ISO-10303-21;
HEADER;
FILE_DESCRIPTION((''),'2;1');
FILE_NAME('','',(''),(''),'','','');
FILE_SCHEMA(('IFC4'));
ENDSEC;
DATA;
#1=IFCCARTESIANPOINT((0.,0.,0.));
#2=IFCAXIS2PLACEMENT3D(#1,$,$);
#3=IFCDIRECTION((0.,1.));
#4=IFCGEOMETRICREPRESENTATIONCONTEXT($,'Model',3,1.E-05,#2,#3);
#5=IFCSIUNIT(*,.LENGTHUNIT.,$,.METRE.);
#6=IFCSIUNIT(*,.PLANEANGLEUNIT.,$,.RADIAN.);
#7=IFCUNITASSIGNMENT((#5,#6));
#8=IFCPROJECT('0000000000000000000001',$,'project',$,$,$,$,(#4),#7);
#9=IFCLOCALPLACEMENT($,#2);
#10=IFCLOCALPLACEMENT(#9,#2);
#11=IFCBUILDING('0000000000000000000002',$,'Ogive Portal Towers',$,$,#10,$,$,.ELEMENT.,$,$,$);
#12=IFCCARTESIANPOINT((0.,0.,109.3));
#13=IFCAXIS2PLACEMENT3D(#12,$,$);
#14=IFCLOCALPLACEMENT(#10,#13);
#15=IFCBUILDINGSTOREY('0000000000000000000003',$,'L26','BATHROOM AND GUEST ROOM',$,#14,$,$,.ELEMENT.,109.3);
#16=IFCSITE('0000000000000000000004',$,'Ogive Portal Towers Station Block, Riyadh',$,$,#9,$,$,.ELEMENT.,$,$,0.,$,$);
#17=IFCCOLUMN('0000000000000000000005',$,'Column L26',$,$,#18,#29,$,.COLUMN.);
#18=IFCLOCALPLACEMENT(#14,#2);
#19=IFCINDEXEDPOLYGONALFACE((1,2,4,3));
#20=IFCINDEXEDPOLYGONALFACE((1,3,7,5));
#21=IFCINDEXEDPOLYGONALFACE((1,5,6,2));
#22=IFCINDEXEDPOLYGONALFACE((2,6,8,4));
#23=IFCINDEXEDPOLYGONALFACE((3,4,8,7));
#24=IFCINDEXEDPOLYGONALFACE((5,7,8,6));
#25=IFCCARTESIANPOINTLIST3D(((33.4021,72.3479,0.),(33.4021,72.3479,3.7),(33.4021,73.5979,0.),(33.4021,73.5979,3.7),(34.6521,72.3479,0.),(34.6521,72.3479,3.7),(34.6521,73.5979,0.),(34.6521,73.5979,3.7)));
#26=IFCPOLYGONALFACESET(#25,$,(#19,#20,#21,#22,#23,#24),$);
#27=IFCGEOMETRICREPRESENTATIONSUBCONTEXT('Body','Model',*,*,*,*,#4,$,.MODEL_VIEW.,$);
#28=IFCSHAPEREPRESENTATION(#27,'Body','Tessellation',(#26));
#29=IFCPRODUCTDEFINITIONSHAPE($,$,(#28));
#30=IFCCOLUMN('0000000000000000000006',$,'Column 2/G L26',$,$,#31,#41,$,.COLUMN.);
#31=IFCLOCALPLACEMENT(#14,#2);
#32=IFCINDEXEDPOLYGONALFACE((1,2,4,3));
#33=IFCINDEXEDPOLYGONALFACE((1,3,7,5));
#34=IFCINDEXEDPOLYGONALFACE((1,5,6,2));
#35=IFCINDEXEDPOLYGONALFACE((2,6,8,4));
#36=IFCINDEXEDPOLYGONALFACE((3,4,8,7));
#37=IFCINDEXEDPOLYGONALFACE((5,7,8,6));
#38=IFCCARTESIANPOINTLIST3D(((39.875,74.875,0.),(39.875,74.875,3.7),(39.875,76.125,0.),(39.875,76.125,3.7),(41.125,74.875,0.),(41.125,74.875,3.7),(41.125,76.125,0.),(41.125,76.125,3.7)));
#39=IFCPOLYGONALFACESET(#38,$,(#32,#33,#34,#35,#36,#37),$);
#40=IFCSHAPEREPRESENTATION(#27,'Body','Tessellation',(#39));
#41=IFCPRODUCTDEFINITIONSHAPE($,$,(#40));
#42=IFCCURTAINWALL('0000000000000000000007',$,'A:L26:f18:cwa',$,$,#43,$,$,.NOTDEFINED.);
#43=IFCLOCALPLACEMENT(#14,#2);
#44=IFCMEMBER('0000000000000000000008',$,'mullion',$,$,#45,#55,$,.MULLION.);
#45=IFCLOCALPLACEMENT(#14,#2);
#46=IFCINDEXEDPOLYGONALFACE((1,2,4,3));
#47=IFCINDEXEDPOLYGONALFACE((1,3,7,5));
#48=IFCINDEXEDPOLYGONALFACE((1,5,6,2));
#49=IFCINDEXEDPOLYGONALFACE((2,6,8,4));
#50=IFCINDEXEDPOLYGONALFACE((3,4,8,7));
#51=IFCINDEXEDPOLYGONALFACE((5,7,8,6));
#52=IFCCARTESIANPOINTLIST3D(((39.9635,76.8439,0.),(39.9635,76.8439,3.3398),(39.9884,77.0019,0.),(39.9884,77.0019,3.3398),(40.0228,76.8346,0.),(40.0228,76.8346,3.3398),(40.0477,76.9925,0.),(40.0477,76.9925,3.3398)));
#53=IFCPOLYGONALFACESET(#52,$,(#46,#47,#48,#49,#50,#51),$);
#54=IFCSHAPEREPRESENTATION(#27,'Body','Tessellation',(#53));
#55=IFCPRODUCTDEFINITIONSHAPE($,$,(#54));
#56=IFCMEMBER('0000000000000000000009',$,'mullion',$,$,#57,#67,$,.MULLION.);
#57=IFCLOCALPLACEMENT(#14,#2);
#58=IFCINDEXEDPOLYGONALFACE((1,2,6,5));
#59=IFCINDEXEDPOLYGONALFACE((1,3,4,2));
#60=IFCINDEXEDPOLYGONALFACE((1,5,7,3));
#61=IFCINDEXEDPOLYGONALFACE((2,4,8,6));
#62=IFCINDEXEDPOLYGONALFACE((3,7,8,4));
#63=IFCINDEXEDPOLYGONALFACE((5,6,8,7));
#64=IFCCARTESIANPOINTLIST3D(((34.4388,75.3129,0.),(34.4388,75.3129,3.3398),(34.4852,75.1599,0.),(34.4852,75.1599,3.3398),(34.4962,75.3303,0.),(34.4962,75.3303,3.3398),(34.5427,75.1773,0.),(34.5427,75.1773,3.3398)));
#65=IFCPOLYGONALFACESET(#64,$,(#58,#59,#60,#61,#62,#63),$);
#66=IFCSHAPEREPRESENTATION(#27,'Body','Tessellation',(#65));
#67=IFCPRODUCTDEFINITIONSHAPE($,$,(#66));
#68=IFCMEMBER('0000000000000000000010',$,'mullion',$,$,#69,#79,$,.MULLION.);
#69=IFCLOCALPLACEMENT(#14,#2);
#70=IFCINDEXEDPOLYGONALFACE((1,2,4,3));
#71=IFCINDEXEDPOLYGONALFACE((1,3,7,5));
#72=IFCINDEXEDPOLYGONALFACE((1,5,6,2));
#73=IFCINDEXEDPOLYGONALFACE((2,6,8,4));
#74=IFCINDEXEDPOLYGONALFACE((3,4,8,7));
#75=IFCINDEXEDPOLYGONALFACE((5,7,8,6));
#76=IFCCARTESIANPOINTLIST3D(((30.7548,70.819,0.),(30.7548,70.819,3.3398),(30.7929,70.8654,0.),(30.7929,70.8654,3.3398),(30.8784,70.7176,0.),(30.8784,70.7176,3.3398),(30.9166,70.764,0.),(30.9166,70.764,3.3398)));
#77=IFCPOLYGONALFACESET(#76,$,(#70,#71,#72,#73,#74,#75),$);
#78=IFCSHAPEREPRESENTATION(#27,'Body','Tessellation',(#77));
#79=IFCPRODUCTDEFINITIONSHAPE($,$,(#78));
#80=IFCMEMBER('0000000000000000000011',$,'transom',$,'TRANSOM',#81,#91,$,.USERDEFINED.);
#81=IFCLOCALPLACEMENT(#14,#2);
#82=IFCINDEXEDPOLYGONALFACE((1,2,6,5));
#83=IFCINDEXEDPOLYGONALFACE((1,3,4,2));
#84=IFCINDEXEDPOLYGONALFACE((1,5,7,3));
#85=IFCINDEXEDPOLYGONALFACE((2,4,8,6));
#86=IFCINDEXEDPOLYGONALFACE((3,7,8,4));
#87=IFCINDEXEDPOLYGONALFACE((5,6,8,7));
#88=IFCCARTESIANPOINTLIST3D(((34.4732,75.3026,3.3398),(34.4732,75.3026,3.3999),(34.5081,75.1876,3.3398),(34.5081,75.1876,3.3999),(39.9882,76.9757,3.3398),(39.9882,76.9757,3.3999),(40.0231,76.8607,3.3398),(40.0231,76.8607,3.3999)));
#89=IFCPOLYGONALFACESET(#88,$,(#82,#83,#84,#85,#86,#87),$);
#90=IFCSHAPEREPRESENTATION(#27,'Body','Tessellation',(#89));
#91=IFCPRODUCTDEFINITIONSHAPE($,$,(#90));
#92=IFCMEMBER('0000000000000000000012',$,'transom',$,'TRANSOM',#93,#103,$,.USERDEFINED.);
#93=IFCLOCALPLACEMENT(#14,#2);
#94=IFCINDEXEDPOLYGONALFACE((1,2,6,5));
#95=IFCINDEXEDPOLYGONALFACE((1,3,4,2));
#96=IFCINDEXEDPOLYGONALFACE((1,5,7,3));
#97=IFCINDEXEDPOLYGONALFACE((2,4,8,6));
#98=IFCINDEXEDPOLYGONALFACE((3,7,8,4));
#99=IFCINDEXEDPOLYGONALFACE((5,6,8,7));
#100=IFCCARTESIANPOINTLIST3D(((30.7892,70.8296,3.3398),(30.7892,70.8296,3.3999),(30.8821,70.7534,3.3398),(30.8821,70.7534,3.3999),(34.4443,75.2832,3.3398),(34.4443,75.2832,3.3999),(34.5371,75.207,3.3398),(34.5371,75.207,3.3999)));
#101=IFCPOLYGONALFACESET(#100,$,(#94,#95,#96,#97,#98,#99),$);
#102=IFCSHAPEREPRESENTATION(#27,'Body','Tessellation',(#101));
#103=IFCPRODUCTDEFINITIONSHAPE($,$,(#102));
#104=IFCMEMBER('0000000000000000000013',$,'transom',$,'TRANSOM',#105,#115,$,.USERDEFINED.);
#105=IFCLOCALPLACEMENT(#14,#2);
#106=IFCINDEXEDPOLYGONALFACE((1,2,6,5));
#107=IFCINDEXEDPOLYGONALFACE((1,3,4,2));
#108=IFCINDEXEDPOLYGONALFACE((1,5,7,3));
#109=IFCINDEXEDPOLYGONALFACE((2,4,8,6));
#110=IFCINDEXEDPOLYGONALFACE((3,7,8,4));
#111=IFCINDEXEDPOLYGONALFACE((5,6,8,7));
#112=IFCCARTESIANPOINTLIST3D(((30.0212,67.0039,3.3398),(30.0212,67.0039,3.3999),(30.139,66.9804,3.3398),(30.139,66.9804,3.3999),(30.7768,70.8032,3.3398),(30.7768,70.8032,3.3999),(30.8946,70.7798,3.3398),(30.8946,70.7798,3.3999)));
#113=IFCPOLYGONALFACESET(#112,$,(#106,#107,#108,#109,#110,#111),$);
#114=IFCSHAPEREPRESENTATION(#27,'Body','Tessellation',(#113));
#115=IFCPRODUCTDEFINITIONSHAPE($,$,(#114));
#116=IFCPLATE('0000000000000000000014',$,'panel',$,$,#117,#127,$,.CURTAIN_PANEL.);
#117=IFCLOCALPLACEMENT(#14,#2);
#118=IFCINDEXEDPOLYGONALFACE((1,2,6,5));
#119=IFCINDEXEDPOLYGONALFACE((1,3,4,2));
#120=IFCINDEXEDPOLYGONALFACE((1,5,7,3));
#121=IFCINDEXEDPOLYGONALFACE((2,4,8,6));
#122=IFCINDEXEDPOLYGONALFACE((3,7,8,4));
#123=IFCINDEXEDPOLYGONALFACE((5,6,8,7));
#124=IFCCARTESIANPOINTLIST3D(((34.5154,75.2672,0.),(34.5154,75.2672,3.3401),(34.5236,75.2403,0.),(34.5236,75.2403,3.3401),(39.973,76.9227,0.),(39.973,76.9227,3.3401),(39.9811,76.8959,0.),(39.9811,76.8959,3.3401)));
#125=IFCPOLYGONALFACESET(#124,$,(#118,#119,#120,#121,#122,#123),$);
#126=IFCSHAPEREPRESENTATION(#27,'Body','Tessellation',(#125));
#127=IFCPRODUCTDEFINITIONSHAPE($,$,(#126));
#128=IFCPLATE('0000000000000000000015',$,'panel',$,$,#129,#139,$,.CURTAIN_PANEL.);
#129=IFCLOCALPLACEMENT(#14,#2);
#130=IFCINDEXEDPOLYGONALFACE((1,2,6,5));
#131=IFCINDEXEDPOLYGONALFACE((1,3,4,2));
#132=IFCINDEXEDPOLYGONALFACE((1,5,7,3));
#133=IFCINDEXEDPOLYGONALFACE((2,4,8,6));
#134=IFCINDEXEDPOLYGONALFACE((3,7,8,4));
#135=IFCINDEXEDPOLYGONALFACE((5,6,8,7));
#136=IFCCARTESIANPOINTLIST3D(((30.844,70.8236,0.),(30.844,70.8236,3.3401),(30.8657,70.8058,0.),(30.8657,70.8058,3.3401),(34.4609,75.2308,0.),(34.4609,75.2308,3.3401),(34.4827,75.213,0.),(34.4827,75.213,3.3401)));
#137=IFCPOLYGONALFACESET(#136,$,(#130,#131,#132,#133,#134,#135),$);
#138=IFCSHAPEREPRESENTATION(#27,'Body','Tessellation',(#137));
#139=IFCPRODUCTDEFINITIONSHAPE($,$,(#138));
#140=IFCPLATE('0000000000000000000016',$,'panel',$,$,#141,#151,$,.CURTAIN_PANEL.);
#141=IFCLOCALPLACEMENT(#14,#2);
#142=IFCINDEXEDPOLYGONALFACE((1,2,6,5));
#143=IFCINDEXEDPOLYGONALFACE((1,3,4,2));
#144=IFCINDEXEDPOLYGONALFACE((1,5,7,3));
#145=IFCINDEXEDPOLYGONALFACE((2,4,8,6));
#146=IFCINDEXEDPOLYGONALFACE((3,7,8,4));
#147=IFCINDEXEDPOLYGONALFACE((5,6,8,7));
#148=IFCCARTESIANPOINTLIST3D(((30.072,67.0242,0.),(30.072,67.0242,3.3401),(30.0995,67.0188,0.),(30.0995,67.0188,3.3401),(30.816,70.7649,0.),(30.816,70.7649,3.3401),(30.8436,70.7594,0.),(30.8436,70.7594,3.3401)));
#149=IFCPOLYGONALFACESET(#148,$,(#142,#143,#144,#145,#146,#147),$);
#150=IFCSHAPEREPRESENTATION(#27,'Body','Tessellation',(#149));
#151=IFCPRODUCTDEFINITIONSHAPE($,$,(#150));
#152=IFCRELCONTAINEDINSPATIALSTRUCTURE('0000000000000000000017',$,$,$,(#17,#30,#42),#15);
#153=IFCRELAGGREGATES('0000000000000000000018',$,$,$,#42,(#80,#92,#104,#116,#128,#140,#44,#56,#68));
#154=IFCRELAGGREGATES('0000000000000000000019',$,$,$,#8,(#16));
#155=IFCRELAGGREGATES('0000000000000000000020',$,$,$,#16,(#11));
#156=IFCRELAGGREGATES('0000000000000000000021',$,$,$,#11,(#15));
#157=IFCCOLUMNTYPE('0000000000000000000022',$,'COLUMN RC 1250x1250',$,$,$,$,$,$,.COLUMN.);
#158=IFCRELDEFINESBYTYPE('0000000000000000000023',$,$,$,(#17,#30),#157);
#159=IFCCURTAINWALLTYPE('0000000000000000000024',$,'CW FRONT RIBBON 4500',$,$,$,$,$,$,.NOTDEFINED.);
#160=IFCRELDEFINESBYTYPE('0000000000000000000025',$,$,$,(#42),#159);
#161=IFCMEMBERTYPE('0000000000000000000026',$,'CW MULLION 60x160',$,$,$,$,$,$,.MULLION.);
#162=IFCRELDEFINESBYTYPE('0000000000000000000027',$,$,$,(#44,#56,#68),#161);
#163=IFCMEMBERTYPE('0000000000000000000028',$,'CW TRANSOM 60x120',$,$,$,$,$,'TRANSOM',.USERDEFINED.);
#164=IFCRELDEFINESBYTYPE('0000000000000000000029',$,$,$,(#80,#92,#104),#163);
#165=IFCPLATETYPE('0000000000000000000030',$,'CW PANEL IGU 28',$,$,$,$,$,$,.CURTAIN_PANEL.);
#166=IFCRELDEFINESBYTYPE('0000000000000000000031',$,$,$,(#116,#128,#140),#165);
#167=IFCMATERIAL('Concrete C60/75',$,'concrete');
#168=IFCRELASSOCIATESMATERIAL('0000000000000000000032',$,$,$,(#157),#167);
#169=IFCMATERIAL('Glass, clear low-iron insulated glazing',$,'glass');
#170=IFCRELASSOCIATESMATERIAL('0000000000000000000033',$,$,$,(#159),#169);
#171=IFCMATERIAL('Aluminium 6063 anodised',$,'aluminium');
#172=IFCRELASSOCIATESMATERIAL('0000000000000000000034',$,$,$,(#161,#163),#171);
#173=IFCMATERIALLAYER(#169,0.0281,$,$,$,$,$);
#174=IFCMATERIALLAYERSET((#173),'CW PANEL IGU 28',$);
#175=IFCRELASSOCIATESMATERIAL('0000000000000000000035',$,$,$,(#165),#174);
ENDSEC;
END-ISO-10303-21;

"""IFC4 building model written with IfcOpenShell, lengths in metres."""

from ifc_helpers import new_model, si_unit, direction, frame, origin, origin_2d, place, context, subcontext, project, spatial, rectangle, extrude, material, layer, layer_set, material_profile, profile_set, type_object, element, aggregate, save


model = new_model("IFC4")

# Units and contexts
model_context = context("Model", 3, precision=1e-05, world=origin(), true_north=direction((0.0, 1.0)))
body_context = subcontext(model_context, "Body", "Model", "MODEL_VIEW")
ifc_project = project(units=[si_unit("LENGTHUNIT", "METRE"), si_unit("PLANEANGLEUNIT", "RADIAN")], contexts=[model_context])

# Site, building, storey
site_placement = place(None, origin())
site = spatial("IfcSite", under=ifc_project, at=site_placement, Name="Ogive Portal Towers Station Block, Riyadh", CompositionType="ELEMENT", RefElevation=0.0)
building_placement = place(site_placement, origin())
building = spatial("IfcBuilding", under=site, at=building_placement, Name="Ogive Portal Towers", CompositionType="ELEMENT")
storey_placement = place(building_placement, frame((0.0, 0.0, 109.3)))
storey = spatial("IfcBuildingStorey", under=building, at=storey_placement, Name="L26", Description="BATHROOM AND GUEST ROOM", CompositionType="ELEMENT", Elevation=109.3)

# Columns
ifc_material_1 = material(Name="Concrete C60/75", Category="concrete")
ifc_material_profile_1 = material_profile(ifc_material_1, rectangle(XDim=1.25, YDim=1.25, at=origin_2d()), Name="RC 1250x1250")
ifc_profile_set_1 = profile_set([ifc_material_profile_1], Name="Concrete C60/75")
column_type = type_object("IfcColumnType", Name="COLUMN RC 1250x1250", PredefinedType="COLUMN", material=ifc_profile_set_1)
for number, where, z_axis, x_axis, name in (
    (1, (34.0271, 72.9729, 0.0), (0.0, 0.0, 1.0), (1.0, 0.0, 0.0), "Column L26"),
    (2, (40.5, 75.5, 0.0), (0.0, 0.0, 1.0), (1.0, 0.0, 0.0), "Column 2/G L26"),
):
    element("IfcColumn", number, at=place(storey_placement, frame(where, z_axis=z_axis, x_axis=x_axis)), inside=storey, type_object=column_type, Name=name, PredefinedType="COLUMN", context=body_context, shape_type="SweptSolid", body=[
        extrude(rectangle(XDim=1.25, YDim=1.25, at=origin_2d()), origin(), (0.0, 0.0, 1.0), 3.7),
    ])

# Curtain wall, members, plates
ifc_material_2 = material(Name="Glass, clear low-iron insulated glazing", Category="glass")
curtain_wall_type = type_object("IfcCurtainWallType", Name="CW FRONT RIBBON 4500", PredefinedType="NOTDEFINED", material=ifc_material_2)
curtain_wall_placement = place(storey_placement, origin())
curtain_wall = element("IfcCurtainWall", 3, at=curtain_wall_placement, inside=storey, type_object=curtain_wall_type, Name="A:L26:f18:cwa", PredefinedType="NOTDEFINED")
ifc_material_3 = material(Name="Aluminium 6063 anodised", Category="aluminium")
ifc_material_profile_2 = material_profile(ifc_material_3, rectangle(XDim=0.1599, YDim=0.0601, at=origin_2d()), Name="AL 60x160")
ifc_profile_set_2 = profile_set([ifc_material_profile_2], Name="Aluminium 6063 anodised")
member_type_1 = type_object("IfcMemberType", Name="CW MULLION 60x160", PredefinedType="MULLION", material=ifc_profile_set_2)
member_1_placement = place(storey_placement, frame((40.0056, 76.9182, 0.0), z_axis=(0.0, 0.0, 1.0), x_axis=(-0.155777, -0.987792, 0.0)))
member_1 = element("IfcMember", 4, at=member_1_placement, type_object=member_type_1, Name="mullion", PredefinedType="MULLION", context=body_context, shape_type="SweptSolid", body=[
    extrude(rectangle(XDim=0.1599, YDim=0.0601, at=origin_2d()), origin(), (0.0, 0.0, 1.0), 3.3398),
])
member_2_placement = place(storey_placement, frame((34.4907, 75.2451, 0.0), z_axis=(0.0, 0.0, 1.0), x_axis=(0.290285, -0.95694, 0.0)))
member_2 = element("IfcMember", 5, at=member_2_placement, type_object=member_type_1, Name="mullion", PredefinedType="MULLION", context=body_context, shape_type="SweptSolid", body=[
    extrude(rectangle(XDim=0.1599, YDim=0.0601, at=origin_2d()), origin(), (0.0, 0.0, 1.0), 3.3398),
])
member_3_placement = place(storey_placement, frame((30.8357, 70.7915, 0.0), z_axis=(0.0, 0.0, 1.0), x_axis=(0.77301, -0.634393, 0.0)))
member_3 = element("IfcMember", 6, at=member_3_placement, type_object=member_type_1, Name="mullion", PredefinedType="MULLION", context=body_context, shape_type="SweptSolid", body=[
    extrude(rectangle(XDim=0.1599, YDim=0.0601, at=origin_2d()), origin(), (0.0, 0.0, 1.0), 3.3398),
])
ifc_material_profile_3 = material_profile(ifc_material_3, rectangle(XDim=0.1201, YDim=0.0601, at=origin_2d()), Name="AL 120x60")
ifc_profile_set_3 = profile_set([ifc_material_profile_3], Name="Aluminium 6063 anodised")
member_type_2 = type_object("IfcMemberType", Name="CW TRANSOM 60x120", ElementType="TRANSOM", PredefinedType="USERDEFINED", material=ifc_profile_set_3)
member_4_placement = place(storey_placement, frame((40.0056, 76.9182, 3.3699), z_axis=(-0.956932, -0.290312, 0.0), x_axis=(0.290312, -0.956932, 0.0)))
member_4 = element("IfcMember", 7, at=member_4_placement, type_object=member_type_2, Name="transom", ObjectType="TRANSOM", PredefinedType="USERDEFINED", context=body_context, shape_type="SweptSolid", body=[
    extrude(rectangle(XDim=0.1201, YDim=0.0601, at=origin_2d()), origin(), (0.0, 0.0, 1.0), 5.7632),
])
member_5_placement = place(storey_placement, frame((34.4907, 75.2451, 3.3699), z_axis=(-0.634398, -0.773007, 0.0), x_axis=(0.773007, -0.634398, 0.0)))
member_5 = element("IfcMember", 8, at=member_5_placement, type_object=member_type_2, Name="transom", ObjectType="TRANSOM", PredefinedType="USERDEFINED", context=body_context, shape_type="SweptSolid", body=[
    extrude(rectangle(XDim=0.1201, YDim=0.0601, at=origin_2d()), origin(), (0.0, 0.0, 1.0), 5.7615),
])
member_6_placement = place(storey_placement, frame((30.8357, 70.7915, 3.3699), z_axis=(-0.195062, -0.980791, 0.0), x_axis=(0.980791, -0.195062, 0.0)))
member_6 = element("IfcMember", 9, at=member_6_placement, type_object=member_type_2, Name="transom", ObjectType="TRANSOM", PredefinedType="USERDEFINED", context=body_context, shape_type="SweptSolid", body=[
    extrude(rectangle(XDim=0.1201, YDim=0.0601, at=origin_2d()), origin(), (0.0, 0.0, 1.0), 3.8738),
])
ifc_layer_1 = layer(ifc_material_2, 0.0281)
ifc_layer_set_1 = layer_set([ifc_layer_1], Name="CW PANEL IGU 28")
plate_type = type_object("IfcPlateType", Name="CW PANEL IGU 28", PredefinedType="CURTAIN_PANEL", material=ifc_layer_set_1)
plate_1_placement = place(storey_placement, frame((37.2483, 76.0815, 0.0), z_axis=(0.0, 0.0, 1.0), x_axis=(-0.95694, -0.290285, 0.0)))
plate_1 = element("IfcPlate", 10, at=plate_1_placement, type_object=plate_type, Name="panel", PredefinedType="CURTAIN_PANEL", context=body_context, shape_type="SweptSolid", body=[
    extrude(rectangle(XDim=5.7031, YDim=0.0281, at=origin_2d()), origin(), (0.0, 0.0, 1.0), 3.3401),
])
plate_2_placement = place(storey_placement, frame((32.6633, 73.0183, 0.0), z_axis=(0.0, 0.0, 1.0), x_axis=(-0.634393, -0.77301, 0.0)))
plate_2 = element("IfcPlate", 11, at=plate_2_placement, type_object=plate_type, Name="panel", PredefinedType="CURTAIN_PANEL", context=body_context, shape_type="SweptSolid", body=[
    extrude(rectangle(XDim=5.7014, YDim=0.0281, at=origin_2d()), origin(), (0.0, 0.0, 1.0), 3.3401),
])
plate_3_placement = place(storey_placement, frame((30.4578, 68.8918, 0.0), z_axis=(0.0, 0.0, 1.0), x_axis=(-0.19509, -0.980785, 0.0)))
plate_3 = element("IfcPlate", 12, at=plate_3_placement, type_object=plate_type, Name="panel", PredefinedType="CURTAIN_PANEL", context=body_context, shape_type="SweptSolid", body=[
    extrude(rectangle(XDim=3.814, YDim=0.0281, at=origin_2d()), origin(), (0.0, 0.0, 1.0), 3.3401),
])
aggregate(curtain_wall, [member_4, member_5, member_6, plate_1, plate_2, plate_3, member_1, member_2, member_3])

save(model, "model.ifc")
